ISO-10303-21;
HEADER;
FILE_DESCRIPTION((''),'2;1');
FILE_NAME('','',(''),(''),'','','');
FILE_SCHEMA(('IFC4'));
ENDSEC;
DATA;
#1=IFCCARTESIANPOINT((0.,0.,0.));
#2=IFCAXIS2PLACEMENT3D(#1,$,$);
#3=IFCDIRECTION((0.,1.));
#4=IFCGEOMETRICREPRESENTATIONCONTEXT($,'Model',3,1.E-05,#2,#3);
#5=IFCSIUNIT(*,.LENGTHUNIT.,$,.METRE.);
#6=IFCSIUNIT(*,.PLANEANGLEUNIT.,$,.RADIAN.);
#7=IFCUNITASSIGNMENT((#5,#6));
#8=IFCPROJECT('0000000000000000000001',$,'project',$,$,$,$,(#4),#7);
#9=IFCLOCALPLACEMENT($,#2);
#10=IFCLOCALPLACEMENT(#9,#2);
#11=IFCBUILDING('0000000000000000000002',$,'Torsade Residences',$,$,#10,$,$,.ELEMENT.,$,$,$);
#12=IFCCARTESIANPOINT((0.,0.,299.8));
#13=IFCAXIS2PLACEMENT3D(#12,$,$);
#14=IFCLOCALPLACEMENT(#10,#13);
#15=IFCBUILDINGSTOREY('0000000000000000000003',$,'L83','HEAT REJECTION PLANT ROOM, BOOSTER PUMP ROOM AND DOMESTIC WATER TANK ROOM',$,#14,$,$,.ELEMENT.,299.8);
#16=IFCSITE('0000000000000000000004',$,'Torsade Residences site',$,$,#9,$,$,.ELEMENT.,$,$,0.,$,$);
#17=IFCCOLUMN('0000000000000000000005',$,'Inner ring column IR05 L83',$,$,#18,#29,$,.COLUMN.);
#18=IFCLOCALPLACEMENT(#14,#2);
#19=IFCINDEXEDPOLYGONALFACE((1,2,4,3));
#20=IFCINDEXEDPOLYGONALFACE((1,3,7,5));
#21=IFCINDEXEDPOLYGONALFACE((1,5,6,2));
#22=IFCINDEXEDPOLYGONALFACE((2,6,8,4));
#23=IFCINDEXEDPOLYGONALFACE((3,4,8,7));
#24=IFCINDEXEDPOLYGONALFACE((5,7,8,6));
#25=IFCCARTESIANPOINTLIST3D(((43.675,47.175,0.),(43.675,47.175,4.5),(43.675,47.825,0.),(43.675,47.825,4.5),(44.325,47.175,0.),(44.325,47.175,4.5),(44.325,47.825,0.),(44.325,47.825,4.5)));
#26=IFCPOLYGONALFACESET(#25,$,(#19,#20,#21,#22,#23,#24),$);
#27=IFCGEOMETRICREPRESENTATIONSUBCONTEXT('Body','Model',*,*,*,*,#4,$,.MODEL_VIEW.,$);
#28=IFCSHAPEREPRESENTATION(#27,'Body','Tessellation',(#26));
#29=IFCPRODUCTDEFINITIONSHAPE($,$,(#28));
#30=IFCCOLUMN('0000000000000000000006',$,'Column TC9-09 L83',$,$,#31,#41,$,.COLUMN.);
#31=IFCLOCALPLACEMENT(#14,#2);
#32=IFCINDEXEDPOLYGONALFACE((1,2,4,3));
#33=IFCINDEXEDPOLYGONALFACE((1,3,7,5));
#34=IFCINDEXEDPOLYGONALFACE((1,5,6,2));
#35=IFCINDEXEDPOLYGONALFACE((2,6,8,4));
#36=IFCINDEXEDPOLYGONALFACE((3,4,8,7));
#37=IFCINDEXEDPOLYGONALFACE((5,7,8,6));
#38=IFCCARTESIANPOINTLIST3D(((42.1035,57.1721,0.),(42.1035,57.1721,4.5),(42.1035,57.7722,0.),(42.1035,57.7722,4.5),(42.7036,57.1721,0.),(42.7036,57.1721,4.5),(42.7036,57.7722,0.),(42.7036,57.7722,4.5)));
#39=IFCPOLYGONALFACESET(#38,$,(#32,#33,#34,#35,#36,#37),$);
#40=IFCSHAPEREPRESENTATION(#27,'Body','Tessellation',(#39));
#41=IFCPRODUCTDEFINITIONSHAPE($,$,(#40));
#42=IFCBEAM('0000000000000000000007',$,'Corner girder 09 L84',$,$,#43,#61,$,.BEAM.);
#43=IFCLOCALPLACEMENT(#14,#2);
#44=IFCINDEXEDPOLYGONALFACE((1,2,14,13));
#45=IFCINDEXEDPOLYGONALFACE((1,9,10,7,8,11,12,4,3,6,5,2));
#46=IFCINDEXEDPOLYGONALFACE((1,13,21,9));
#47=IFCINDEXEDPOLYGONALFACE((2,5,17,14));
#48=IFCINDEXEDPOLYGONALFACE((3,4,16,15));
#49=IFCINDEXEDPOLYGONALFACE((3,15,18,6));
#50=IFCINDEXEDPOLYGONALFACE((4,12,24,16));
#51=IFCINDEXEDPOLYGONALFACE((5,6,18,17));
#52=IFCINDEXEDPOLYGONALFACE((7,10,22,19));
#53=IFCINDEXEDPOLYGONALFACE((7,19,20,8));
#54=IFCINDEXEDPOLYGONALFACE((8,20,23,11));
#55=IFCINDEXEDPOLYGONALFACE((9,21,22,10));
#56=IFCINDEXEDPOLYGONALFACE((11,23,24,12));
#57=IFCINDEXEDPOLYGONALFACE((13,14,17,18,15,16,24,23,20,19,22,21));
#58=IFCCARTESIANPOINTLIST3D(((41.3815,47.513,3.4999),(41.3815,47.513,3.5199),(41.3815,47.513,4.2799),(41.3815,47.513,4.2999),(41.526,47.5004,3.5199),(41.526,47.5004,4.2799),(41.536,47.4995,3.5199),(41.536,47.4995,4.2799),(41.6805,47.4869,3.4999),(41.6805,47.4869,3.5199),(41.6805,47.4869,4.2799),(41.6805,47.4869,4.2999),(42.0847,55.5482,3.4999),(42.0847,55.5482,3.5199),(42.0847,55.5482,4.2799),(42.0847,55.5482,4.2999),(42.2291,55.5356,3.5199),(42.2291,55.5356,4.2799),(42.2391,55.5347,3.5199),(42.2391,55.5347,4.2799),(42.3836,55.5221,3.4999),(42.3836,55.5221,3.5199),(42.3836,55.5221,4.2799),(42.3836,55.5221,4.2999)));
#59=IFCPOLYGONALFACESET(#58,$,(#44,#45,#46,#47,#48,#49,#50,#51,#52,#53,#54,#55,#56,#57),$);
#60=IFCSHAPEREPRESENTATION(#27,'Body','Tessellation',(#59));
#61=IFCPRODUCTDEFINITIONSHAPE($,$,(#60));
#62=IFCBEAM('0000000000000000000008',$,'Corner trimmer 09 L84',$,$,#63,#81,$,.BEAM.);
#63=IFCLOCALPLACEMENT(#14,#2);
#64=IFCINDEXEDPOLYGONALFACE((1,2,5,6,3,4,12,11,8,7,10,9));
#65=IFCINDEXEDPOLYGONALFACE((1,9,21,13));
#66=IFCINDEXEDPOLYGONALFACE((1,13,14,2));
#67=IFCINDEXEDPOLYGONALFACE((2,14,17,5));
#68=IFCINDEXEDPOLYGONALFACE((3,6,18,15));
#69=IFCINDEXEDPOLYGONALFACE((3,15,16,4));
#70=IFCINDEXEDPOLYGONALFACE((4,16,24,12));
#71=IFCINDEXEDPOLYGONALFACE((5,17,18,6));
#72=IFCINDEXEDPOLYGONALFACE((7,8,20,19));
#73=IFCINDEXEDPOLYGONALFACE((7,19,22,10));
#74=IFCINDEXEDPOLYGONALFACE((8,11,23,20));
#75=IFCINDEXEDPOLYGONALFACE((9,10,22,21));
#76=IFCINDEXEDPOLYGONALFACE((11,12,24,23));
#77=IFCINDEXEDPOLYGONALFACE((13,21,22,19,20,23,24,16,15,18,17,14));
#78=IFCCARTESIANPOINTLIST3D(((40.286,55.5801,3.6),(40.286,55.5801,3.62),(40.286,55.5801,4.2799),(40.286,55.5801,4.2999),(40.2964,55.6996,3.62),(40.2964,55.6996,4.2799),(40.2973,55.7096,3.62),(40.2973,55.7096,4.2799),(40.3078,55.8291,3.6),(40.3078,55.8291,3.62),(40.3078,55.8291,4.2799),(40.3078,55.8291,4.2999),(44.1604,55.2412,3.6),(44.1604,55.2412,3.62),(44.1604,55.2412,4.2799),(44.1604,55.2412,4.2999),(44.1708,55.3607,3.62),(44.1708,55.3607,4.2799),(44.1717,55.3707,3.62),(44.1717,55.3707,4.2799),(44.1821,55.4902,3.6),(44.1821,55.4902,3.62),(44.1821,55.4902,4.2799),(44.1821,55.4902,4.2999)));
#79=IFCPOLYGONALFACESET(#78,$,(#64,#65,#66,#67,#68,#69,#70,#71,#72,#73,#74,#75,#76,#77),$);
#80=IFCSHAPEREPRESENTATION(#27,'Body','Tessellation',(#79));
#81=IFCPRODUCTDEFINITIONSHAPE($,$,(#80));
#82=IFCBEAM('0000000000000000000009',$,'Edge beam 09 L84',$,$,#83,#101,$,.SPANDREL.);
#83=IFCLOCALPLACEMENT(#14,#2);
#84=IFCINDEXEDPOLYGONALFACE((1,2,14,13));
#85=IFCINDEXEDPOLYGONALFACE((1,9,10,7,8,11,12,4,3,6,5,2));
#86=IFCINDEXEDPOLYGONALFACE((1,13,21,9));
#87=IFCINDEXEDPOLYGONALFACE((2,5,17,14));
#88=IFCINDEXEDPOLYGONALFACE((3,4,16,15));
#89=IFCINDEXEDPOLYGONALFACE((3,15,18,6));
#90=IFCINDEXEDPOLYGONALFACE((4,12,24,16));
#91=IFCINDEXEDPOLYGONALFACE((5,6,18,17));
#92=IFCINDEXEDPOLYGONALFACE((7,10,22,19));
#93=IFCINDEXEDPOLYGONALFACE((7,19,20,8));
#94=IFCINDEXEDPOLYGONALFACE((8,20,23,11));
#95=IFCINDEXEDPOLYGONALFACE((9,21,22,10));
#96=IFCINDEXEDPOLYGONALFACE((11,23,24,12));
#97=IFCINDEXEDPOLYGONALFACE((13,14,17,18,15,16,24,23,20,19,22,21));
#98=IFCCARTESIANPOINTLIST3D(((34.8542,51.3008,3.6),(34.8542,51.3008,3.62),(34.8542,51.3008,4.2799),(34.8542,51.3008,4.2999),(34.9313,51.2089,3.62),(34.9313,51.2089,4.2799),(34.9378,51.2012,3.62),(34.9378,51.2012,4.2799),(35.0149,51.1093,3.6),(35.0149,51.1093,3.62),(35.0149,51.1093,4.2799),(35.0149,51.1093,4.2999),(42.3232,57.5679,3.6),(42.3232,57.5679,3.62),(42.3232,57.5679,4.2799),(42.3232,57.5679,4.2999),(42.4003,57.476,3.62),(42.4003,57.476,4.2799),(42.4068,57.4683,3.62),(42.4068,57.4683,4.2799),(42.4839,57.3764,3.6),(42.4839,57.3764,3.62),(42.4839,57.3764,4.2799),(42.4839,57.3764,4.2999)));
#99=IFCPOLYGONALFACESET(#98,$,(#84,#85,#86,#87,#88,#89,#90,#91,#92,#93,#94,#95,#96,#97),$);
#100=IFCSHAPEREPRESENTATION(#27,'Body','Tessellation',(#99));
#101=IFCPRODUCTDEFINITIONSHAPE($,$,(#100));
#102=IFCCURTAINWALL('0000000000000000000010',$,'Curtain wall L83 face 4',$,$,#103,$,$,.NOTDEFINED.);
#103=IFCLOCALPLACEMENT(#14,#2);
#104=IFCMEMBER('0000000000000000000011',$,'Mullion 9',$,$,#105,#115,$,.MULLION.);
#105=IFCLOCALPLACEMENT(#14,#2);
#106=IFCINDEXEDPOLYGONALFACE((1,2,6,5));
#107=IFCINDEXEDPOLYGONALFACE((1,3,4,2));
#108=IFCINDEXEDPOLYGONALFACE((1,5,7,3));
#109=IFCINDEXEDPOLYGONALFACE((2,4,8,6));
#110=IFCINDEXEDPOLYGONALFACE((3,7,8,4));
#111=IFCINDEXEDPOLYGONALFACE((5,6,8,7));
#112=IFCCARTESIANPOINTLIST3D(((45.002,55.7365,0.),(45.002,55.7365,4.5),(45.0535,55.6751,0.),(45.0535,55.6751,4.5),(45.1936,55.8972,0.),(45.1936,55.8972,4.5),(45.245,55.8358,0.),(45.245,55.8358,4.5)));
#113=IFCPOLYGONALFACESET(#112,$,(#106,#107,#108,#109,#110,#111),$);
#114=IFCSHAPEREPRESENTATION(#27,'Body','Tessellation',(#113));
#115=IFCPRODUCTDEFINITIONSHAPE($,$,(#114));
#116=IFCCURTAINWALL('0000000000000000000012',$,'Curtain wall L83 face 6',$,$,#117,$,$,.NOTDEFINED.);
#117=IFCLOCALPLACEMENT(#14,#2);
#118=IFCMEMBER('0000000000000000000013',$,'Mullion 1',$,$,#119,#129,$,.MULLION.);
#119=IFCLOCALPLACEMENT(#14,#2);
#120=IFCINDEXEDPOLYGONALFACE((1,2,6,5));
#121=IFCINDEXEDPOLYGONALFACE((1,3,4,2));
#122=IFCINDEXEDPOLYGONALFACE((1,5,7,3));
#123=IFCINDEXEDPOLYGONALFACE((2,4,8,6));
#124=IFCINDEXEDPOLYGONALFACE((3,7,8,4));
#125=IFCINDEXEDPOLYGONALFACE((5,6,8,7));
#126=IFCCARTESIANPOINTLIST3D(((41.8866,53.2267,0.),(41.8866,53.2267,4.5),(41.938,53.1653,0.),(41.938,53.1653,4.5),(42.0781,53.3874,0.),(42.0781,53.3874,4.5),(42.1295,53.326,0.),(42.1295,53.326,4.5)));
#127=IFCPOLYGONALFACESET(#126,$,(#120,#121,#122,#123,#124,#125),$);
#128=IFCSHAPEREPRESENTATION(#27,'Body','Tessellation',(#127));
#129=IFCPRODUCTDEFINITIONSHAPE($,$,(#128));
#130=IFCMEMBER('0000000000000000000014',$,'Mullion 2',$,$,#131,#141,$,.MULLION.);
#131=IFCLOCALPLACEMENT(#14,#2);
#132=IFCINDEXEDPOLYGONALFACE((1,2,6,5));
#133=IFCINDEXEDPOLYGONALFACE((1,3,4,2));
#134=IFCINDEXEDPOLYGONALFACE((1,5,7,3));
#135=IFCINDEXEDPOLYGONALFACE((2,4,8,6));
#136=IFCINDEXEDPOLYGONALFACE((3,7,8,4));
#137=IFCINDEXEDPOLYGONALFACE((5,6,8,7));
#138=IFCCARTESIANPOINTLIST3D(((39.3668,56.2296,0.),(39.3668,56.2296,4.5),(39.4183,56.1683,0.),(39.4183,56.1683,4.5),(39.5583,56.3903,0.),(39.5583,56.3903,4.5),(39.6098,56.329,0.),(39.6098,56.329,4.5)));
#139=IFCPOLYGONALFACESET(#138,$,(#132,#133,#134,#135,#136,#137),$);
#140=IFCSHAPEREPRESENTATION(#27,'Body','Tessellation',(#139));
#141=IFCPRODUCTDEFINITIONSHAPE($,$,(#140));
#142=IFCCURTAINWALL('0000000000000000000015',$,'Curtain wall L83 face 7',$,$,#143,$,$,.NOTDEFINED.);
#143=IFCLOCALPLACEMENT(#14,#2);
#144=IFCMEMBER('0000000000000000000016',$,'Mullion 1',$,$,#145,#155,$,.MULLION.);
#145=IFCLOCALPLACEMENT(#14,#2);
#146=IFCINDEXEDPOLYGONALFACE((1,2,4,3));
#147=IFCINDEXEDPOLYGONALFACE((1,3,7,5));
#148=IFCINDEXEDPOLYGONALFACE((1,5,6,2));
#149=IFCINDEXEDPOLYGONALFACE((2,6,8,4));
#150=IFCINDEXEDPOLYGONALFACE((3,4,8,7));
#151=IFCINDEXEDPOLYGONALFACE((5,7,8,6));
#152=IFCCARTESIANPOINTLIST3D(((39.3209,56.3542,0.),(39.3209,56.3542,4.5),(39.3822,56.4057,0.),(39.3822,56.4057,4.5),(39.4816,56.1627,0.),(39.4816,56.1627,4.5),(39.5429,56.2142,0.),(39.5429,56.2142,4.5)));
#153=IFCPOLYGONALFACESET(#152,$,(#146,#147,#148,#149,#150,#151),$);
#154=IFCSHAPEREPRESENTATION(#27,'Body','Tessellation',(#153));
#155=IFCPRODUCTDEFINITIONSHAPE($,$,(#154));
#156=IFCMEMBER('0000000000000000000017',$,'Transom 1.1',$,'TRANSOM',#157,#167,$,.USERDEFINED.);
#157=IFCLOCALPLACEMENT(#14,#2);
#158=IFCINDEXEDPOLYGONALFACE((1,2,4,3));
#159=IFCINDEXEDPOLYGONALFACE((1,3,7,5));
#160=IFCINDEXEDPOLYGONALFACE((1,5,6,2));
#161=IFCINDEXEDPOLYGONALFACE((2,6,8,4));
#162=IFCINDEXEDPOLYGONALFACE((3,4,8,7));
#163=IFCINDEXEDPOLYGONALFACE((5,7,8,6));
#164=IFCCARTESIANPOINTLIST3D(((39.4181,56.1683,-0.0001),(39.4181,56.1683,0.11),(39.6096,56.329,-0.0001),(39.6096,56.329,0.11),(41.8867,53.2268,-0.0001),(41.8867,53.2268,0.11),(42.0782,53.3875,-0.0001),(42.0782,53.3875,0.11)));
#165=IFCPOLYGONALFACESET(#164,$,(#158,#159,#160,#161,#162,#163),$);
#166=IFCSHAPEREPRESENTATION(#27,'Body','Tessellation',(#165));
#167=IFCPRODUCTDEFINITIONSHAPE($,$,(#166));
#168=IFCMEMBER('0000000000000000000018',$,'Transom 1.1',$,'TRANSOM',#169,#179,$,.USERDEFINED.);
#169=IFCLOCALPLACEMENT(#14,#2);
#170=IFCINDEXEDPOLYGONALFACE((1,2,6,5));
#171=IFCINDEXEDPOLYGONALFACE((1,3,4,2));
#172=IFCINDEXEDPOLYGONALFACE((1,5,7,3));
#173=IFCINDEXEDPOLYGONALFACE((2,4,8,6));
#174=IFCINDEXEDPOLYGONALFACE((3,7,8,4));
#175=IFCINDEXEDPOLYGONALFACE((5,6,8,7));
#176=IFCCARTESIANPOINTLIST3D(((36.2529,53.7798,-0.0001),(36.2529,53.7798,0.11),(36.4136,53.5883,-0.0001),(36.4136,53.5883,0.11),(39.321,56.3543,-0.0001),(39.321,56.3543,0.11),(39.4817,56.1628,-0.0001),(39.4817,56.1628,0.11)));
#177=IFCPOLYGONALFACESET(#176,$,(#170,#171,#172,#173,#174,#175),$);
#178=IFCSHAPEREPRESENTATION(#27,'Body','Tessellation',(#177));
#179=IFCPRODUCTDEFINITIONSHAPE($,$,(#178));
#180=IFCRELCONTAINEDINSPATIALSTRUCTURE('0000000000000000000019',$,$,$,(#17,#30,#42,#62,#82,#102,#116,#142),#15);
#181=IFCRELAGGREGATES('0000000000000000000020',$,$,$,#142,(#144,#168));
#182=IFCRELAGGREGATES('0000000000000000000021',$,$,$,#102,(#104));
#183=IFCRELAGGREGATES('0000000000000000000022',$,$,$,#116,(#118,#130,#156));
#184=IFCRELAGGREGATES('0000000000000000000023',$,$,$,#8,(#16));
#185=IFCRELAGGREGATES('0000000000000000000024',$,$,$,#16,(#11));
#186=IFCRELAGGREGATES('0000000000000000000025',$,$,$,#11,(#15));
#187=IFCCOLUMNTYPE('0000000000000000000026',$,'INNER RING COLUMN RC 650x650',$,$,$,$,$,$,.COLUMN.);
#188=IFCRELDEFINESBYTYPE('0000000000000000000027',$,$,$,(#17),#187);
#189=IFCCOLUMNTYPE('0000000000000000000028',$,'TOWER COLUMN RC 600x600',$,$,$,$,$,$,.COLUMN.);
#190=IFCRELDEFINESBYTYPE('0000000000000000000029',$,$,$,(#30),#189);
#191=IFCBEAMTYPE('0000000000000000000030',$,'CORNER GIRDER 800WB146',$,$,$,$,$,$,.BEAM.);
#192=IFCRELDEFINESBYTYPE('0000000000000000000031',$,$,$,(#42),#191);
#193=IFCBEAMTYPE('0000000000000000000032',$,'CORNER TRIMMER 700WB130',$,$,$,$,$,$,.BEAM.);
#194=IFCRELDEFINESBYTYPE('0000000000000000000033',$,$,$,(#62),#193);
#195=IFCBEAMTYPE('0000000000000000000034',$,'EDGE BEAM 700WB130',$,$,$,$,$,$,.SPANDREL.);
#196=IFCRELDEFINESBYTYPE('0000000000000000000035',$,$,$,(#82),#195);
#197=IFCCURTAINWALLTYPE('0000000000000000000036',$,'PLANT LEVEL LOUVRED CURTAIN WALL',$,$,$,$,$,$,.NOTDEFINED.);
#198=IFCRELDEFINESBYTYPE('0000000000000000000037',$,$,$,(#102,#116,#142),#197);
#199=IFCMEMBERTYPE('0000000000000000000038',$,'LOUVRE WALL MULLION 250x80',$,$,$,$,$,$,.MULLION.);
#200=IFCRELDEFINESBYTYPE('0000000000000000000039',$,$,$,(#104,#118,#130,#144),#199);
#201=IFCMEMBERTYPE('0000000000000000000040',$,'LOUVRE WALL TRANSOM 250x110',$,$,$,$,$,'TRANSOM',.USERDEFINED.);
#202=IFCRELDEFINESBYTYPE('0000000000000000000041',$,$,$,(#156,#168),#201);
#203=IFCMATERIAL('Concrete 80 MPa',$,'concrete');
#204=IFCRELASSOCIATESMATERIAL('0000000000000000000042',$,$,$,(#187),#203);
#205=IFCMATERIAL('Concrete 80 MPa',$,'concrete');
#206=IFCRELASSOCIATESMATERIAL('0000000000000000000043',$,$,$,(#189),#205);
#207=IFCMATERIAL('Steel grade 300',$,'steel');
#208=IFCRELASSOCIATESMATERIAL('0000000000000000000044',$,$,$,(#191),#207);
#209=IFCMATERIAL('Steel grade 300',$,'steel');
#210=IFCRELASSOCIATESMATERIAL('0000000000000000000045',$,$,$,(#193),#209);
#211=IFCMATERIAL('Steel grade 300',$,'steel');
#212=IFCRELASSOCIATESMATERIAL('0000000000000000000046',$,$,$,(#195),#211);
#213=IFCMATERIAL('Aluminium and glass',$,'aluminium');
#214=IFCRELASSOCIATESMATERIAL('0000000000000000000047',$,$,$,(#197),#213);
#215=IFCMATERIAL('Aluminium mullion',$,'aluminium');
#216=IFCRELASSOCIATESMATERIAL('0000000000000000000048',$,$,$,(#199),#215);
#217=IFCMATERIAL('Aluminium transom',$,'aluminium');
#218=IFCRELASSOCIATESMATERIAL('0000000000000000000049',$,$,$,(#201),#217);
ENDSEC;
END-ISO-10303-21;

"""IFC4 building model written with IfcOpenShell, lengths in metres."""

from ifc_helpers import new_model, si_unit, direction, frame, origin, origin_2d, place, context, subcontext, project, spatial, rectangle, i_section, extrude, material, material_profile, profile_set, type_object, element, aggregate, save


model = new_model("IFC4")

# Units and contexts
model_context = context("Model", 3, precision=1e-05, world=origin(), true_north=direction((0.0, 1.0)))
body_context = subcontext(model_context, "Body", "Model", "MODEL_VIEW")
ifc_project = project(units=[si_unit("LENGTHUNIT", "METRE"), si_unit("PLANEANGLEUNIT", "RADIAN")], contexts=[model_context])

# Site, building, storey
site_placement = place(None, origin())
site = spatial("IfcSite", under=ifc_project, at=site_placement, Name="Torsade Residences site", CompositionType="ELEMENT", RefElevation=0.0)
building_placement = place(site_placement, origin())
building = spatial("IfcBuilding", under=site, at=building_placement, Name="Torsade Residences", CompositionType="ELEMENT")
storey_placement = place(building_placement, frame((0.0, 0.0, 299.8)))
storey = spatial("IfcBuildingStorey", under=building, at=storey_placement, Name="L83", Description="HEAT REJECTION PLANT ROOM, BOOSTER PUMP ROOM AND DOMESTIC WATER TANK ROOM", CompositionType="ELEMENT", Elevation=299.8)

# Columns
ifc_material_1 = material(Name="Concrete 80 MPa", Category="concrete")
ifc_material_profile_1 = material_profile(ifc_material_1, rectangle(XDim=0.6499, YDim=0.6499, at=origin_2d()), Name="RC 650x650")
ifc_profile_set_1 = profile_set([ifc_material_profile_1], Name="Concrete 80 MPa")
column_type_1 = type_object("IfcColumnType", Name="INNER RING COLUMN RC 650x650", PredefinedType="COLUMN", material=ifc_profile_set_1)
column_1_placement = place(storey_placement, frame((44.0, 47.5, 0.0), z_axis=(0.0, 0.0, 1.0), x_axis=(1.0, 0.0, 0.0)))
element("IfcColumn", 1, at=column_1_placement, inside=storey, type_object=column_type_1, Name="Inner ring column IR05 L83", PredefinedType="COLUMN", context=body_context, shape_type="SweptSolid", body=[
    extrude(rectangle(XDim=0.6499, YDim=0.6499, at=origin_2d()), origin(), (0.0, 0.0, 1.0), 4.5),
])
ifc_material_2 = material(Name="Concrete 80 MPa", Category="concrete")
ifc_material_profile_2 = material_profile(ifc_material_2, rectangle(XDim=0.6001, YDim=0.6001, at=origin_2d()), Name="RC 600x600")
ifc_profile_set_2 = profile_set([ifc_material_profile_2], Name="Concrete 80 MPa")
column_type_2 = type_object("IfcColumnType", Name="TOWER COLUMN RC 600x600", PredefinedType="COLUMN", material=ifc_profile_set_2)
column_2_placement = place(storey_placement, frame((42.4036, 57.4722, 0.0), z_axis=(0.0, 0.0, 1.0), x_axis=(1.0, 0.0, 0.0)))
element("IfcColumn", 2, at=column_2_placement, inside=storey, type_object=column_type_2, Name="Column TC9-09 L83", PredefinedType="COLUMN", context=body_context, shape_type="SweptSolid", body=[
    extrude(rectangle(XDim=0.6001, YDim=0.6001, at=origin_2d()), origin(), (0.0, 0.0, 1.0), 4.5),
])

# Beams
ifc_material_3 = material(Name="Steel grade 300", Category="steel")
ifc_material_profile_3 = material_profile(ifc_material_3, i_section(OverallWidth=0.3, OverallDepth=0.8, WebThickness=0.01, FlangeThickness=0.02, at=origin_2d()), Name="800WB146")
ifc_profile_set_3 = profile_set([ifc_material_profile_3], Name="Steel grade 300")
beam_type_1 = type_object("IfcBeamType", Name="CORNER GIRDER 800WB146", PredefinedType="BEAM", material=ifc_profile_set_3)
beam_1_placement = place(storey_placement, frame((42.2341, 55.5352, 3.8999), z_axis=(-0.087173, -0.996193, 0.0), x_axis=(0.996193, -0.087173, 0.0)))
element("IfcBeam", 3, at=beam_1_placement, inside=storey, type_object=beam_type_1, Name="Corner girder 09 L84", PredefinedType="BEAM", context=body_context, shape_type="SweptSolid", body=[
    extrude(i_section(OverallWidth=0.3, OverallDepth=0.8, WebThickness=0.01, FlangeThickness=0.02, at=origin_2d()), origin(), (0.0, 0.0, 1.0), 8.0659),
])
ifc_material_4 = material(Name="Steel grade 300", Category="steel")
ifc_material_profile_4 = material_profile(ifc_material_4, i_section(OverallWidth=0.25, OverallDepth=0.7, WebThickness=0.01, FlangeThickness=0.02, at=origin_2d()), Name="700WB130")
ifc_profile_set_4 = profile_set([ifc_material_profile_4], Name="Steel grade 300")
beam_type_2 = type_object("IfcBeamType", Name="CORNER TRIMMER 700WB130", PredefinedType="BEAM", material=ifc_profile_set_4)
beam_2_placement = place(storey_placement, frame((40.2969, 55.7046, 3.95), z_axis=(0.996197, -0.087133, 0.0), x_axis=(0.087133, 0.996197, 0.0)))
element("IfcBeam", 4, at=beam_2_placement, inside=storey, type_object=beam_type_2, Name="Corner trimmer 09 L84", PredefinedType="BEAM", context=body_context, shape_type="SweptSolid", body=[
    extrude(i_section(OverallWidth=0.25, OverallDepth=0.7, WebThickness=0.01, FlangeThickness=0.02, at=origin_2d()), origin(), (0.0, 0.0, 1.0), 3.8892),
])
ifc_material_5 = material(Name="Steel grade 300", Category="steel")
ifc_material_profile_5 = material_profile(ifc_material_5, i_section(OverallWidth=0.25, OverallDepth=0.7, WebThickness=0.01, FlangeThickness=0.02, at=origin_2d()), Name="700WB130")
ifc_profile_set_5 = profile_set([ifc_material_profile_5], Name="Steel grade 300")
beam_type_3 = type_object("IfcBeamType", Name="EDGE BEAM 700WB130", PredefinedType="SPANDREL", material=ifc_profile_set_5)
beam_3_placement = place(storey_placement, frame((42.4036, 57.4722, 3.95), z_axis=(-0.766052, -0.642779, 0.0), x_axis=(0.642779, -0.766052, 0.0)))
element("IfcBeam", 5, at=beam_3_placement, inside=storey, type_object=beam_type_3, Name="Edge beam 09 L84", PredefinedType="SPANDREL", context=body_context, shape_type="SweptSolid", body=[
    extrude(i_section(OverallWidth=0.25, OverallDepth=0.7, WebThickness=0.01, FlangeThickness=0.02, at=origin_2d()), origin(), (0.0, 0.0, 1.0), 9.75),
])

# Curtain wall, member
ifc_material_6 = material(Name="Aluminium and glass", Category="aluminium")
curtain_wall_type = type_object("IfcCurtainWallType", Name="PLANT LEVEL LOUVRED CURTAIN WALL", PredefinedType="NOTDEFINED", material=ifc_material_6)
curtain_wall_1_placement = place(storey_placement, origin())
curtain_wall_1 = element("IfcCurtainWall", 6, at=curtain_wall_1_placement, inside=storey, type_object=curtain_wall_type, Name="Curtain wall L83 face 4", PredefinedType="NOTDEFINED")
ifc_material_7 = material(Name="Aluminium mullion", Category="aluminium")
ifc_material_profile_6 = material_profile(ifc_material_7, rectangle(XDim=0.25, YDim=0.0801, at=origin_2d()), Name="LOUVRE WALL MULLION 250x80")
ifc_profile_set_6 = profile_set([ifc_material_profile_6], Name="Aluminium mullion")
member_type_1 = type_object("IfcMemberType", Name="LOUVRE WALL MULLION 250x80", PredefinedType="MULLION", material=ifc_profile_set_6)
member_1_placement = place(storey_placement, frame((45.1235, 55.7861, 0.0), z_axis=(0.0, 0.0, 1.0), x_axis=(-0.766044, -0.642788, 0.0)))
member_1 = element("IfcMember", 7, at=member_1_placement, type_object=member_type_1, Name="Mullion 9", PredefinedType="MULLION", context=body_context, shape_type="SweptSolid", body=[
    extrude(rectangle(XDim=0.25, YDim=0.0801, at=origin_2d()), origin(), (0.0, 0.0, 1.0), 4.5),
])

# Curtain wall, members
curtain_wall_2_placement = place(storey_placement, origin())
curtain_wall_2 = element("IfcCurtainWall", 8, at=curtain_wall_2_placement, inside=storey, type_object=curtain_wall_type, Name="Curtain wall L83 face 6", PredefinedType="NOTDEFINED")
member_2_placement = place(storey_placement, frame((42.0081, 53.2764, 0.0), z_axis=(0.0, 0.0, 1.0), x_axis=(-0.766044, -0.642788, 0.0)))
member_2 = element("IfcMember", 9, at=member_2_placement, type_object=member_type_1, Name="Mullion 1", PredefinedType="MULLION", context=body_context, shape_type="SweptSolid", body=[
    extrude(rectangle(XDim=0.25, YDim=0.0801, at=origin_2d()), origin(), (0.0, 0.0, 1.0), 4.5),
])
member_3_placement = place(storey_placement, frame((39.4883, 56.2793, 0.0), z_axis=(0.0, 0.0, 1.0), x_axis=(-0.766044, -0.642788, 0.0)))
member_3 = element("IfcMember", 10, at=member_3_placement, type_object=member_type_1, Name="Mullion 2", PredefinedType="MULLION", context=body_context, shape_type="SweptSolid", body=[
    extrude(rectangle(XDim=0.25, YDim=0.0801, at=origin_2d()), origin(), (0.0, 0.0, 1.0), 4.5),
])

# Curtain wall, member
curtain_wall_3_placement = place(storey_placement, origin())
curtain_wall_3 = element("IfcCurtainWall", 11, at=curtain_wall_3_placement, inside=storey, type_object=curtain_wall_type, Name="Curtain wall L83 face 7", PredefinedType="NOTDEFINED")
member_4_placement = place(storey_placement, frame((39.4319, 56.2842, 0.0), z_axis=(0.0, 0.0, 1.0), x_axis=(0.642788, -0.766044, 0.0)))
member_4 = element("IfcMember", 12, at=member_4_placement, type_object=member_type_1, Name="Mullion 1", PredefinedType="MULLION", context=body_context, shape_type="SweptSolid", body=[
    extrude(rectangle(XDim=0.25, YDim=0.0801, at=origin_2d()), origin(), (0.0, 0.0, 1.0), 4.5),
])

# Members
ifc_material_8 = material(Name="Aluminium transom", Category="aluminium")
ifc_material_profile_7 = material_profile(ifc_material_8, rectangle(XDim=0.25, YDim=0.1101, at=origin_2d()), Name="LOUVRE WALL TRANSOM 250x110")
ifc_profile_set_7 = profile_set([ifc_material_profile_7], Name="Aluminium transom")
member_type_2 = type_object("IfcMemberType", Name="LOUVRE WALL TRANSOM 250x110", ElementType="TRANSOM", PredefinedType="USERDEFINED", material=ifc_profile_set_7)
member_5_placement = place(storey_placement, frame((41.9824, 53.3071, 0.0549), z_axis=(-0.642845, 0.765997, 0.0), x_axis=(-0.765997, -0.642845, 0.0)))
member_5 = element("IfcMember", 13, at=member_5_placement, type_object=member_type_2, Name="Transom 1.1", ObjectType="TRANSOM", PredefinedType="USERDEFINED", context=body_context, shape_type="SweptSolid", body=[
    extrude(rectangle(XDim=0.25, YDim=0.1101, at=origin_2d()), origin(), (0.0, 0.0, 1.0), 3.8401),
])
member_6_placement = place(storey_placement, frame((39.4014, 56.2585, 0.0549), z_axis=(-0.766043, -0.642789, 0.0), x_axis=(0.642789, -0.766043, 0.0)))
member_6 = element("IfcMember", 14, at=member_6_placement, type_object=member_type_2, Name="Transom 1.1", ObjectType="TRANSOM", PredefinedType="USERDEFINED", context=body_context, shape_type="SweptSolid", body=[
    extrude(rectangle(XDim=0.25, YDim=0.1101, at=origin_2d()), origin(), (0.0, 0.0, 1.0), 4.0051),
])
aggregate(curtain_wall_3, [member_4, member_6])

aggregate(curtain_wall_1, [member_1])
aggregate(curtain_wall_2, [member_2, member_3, member_5])

save(model, "model.ifc")
